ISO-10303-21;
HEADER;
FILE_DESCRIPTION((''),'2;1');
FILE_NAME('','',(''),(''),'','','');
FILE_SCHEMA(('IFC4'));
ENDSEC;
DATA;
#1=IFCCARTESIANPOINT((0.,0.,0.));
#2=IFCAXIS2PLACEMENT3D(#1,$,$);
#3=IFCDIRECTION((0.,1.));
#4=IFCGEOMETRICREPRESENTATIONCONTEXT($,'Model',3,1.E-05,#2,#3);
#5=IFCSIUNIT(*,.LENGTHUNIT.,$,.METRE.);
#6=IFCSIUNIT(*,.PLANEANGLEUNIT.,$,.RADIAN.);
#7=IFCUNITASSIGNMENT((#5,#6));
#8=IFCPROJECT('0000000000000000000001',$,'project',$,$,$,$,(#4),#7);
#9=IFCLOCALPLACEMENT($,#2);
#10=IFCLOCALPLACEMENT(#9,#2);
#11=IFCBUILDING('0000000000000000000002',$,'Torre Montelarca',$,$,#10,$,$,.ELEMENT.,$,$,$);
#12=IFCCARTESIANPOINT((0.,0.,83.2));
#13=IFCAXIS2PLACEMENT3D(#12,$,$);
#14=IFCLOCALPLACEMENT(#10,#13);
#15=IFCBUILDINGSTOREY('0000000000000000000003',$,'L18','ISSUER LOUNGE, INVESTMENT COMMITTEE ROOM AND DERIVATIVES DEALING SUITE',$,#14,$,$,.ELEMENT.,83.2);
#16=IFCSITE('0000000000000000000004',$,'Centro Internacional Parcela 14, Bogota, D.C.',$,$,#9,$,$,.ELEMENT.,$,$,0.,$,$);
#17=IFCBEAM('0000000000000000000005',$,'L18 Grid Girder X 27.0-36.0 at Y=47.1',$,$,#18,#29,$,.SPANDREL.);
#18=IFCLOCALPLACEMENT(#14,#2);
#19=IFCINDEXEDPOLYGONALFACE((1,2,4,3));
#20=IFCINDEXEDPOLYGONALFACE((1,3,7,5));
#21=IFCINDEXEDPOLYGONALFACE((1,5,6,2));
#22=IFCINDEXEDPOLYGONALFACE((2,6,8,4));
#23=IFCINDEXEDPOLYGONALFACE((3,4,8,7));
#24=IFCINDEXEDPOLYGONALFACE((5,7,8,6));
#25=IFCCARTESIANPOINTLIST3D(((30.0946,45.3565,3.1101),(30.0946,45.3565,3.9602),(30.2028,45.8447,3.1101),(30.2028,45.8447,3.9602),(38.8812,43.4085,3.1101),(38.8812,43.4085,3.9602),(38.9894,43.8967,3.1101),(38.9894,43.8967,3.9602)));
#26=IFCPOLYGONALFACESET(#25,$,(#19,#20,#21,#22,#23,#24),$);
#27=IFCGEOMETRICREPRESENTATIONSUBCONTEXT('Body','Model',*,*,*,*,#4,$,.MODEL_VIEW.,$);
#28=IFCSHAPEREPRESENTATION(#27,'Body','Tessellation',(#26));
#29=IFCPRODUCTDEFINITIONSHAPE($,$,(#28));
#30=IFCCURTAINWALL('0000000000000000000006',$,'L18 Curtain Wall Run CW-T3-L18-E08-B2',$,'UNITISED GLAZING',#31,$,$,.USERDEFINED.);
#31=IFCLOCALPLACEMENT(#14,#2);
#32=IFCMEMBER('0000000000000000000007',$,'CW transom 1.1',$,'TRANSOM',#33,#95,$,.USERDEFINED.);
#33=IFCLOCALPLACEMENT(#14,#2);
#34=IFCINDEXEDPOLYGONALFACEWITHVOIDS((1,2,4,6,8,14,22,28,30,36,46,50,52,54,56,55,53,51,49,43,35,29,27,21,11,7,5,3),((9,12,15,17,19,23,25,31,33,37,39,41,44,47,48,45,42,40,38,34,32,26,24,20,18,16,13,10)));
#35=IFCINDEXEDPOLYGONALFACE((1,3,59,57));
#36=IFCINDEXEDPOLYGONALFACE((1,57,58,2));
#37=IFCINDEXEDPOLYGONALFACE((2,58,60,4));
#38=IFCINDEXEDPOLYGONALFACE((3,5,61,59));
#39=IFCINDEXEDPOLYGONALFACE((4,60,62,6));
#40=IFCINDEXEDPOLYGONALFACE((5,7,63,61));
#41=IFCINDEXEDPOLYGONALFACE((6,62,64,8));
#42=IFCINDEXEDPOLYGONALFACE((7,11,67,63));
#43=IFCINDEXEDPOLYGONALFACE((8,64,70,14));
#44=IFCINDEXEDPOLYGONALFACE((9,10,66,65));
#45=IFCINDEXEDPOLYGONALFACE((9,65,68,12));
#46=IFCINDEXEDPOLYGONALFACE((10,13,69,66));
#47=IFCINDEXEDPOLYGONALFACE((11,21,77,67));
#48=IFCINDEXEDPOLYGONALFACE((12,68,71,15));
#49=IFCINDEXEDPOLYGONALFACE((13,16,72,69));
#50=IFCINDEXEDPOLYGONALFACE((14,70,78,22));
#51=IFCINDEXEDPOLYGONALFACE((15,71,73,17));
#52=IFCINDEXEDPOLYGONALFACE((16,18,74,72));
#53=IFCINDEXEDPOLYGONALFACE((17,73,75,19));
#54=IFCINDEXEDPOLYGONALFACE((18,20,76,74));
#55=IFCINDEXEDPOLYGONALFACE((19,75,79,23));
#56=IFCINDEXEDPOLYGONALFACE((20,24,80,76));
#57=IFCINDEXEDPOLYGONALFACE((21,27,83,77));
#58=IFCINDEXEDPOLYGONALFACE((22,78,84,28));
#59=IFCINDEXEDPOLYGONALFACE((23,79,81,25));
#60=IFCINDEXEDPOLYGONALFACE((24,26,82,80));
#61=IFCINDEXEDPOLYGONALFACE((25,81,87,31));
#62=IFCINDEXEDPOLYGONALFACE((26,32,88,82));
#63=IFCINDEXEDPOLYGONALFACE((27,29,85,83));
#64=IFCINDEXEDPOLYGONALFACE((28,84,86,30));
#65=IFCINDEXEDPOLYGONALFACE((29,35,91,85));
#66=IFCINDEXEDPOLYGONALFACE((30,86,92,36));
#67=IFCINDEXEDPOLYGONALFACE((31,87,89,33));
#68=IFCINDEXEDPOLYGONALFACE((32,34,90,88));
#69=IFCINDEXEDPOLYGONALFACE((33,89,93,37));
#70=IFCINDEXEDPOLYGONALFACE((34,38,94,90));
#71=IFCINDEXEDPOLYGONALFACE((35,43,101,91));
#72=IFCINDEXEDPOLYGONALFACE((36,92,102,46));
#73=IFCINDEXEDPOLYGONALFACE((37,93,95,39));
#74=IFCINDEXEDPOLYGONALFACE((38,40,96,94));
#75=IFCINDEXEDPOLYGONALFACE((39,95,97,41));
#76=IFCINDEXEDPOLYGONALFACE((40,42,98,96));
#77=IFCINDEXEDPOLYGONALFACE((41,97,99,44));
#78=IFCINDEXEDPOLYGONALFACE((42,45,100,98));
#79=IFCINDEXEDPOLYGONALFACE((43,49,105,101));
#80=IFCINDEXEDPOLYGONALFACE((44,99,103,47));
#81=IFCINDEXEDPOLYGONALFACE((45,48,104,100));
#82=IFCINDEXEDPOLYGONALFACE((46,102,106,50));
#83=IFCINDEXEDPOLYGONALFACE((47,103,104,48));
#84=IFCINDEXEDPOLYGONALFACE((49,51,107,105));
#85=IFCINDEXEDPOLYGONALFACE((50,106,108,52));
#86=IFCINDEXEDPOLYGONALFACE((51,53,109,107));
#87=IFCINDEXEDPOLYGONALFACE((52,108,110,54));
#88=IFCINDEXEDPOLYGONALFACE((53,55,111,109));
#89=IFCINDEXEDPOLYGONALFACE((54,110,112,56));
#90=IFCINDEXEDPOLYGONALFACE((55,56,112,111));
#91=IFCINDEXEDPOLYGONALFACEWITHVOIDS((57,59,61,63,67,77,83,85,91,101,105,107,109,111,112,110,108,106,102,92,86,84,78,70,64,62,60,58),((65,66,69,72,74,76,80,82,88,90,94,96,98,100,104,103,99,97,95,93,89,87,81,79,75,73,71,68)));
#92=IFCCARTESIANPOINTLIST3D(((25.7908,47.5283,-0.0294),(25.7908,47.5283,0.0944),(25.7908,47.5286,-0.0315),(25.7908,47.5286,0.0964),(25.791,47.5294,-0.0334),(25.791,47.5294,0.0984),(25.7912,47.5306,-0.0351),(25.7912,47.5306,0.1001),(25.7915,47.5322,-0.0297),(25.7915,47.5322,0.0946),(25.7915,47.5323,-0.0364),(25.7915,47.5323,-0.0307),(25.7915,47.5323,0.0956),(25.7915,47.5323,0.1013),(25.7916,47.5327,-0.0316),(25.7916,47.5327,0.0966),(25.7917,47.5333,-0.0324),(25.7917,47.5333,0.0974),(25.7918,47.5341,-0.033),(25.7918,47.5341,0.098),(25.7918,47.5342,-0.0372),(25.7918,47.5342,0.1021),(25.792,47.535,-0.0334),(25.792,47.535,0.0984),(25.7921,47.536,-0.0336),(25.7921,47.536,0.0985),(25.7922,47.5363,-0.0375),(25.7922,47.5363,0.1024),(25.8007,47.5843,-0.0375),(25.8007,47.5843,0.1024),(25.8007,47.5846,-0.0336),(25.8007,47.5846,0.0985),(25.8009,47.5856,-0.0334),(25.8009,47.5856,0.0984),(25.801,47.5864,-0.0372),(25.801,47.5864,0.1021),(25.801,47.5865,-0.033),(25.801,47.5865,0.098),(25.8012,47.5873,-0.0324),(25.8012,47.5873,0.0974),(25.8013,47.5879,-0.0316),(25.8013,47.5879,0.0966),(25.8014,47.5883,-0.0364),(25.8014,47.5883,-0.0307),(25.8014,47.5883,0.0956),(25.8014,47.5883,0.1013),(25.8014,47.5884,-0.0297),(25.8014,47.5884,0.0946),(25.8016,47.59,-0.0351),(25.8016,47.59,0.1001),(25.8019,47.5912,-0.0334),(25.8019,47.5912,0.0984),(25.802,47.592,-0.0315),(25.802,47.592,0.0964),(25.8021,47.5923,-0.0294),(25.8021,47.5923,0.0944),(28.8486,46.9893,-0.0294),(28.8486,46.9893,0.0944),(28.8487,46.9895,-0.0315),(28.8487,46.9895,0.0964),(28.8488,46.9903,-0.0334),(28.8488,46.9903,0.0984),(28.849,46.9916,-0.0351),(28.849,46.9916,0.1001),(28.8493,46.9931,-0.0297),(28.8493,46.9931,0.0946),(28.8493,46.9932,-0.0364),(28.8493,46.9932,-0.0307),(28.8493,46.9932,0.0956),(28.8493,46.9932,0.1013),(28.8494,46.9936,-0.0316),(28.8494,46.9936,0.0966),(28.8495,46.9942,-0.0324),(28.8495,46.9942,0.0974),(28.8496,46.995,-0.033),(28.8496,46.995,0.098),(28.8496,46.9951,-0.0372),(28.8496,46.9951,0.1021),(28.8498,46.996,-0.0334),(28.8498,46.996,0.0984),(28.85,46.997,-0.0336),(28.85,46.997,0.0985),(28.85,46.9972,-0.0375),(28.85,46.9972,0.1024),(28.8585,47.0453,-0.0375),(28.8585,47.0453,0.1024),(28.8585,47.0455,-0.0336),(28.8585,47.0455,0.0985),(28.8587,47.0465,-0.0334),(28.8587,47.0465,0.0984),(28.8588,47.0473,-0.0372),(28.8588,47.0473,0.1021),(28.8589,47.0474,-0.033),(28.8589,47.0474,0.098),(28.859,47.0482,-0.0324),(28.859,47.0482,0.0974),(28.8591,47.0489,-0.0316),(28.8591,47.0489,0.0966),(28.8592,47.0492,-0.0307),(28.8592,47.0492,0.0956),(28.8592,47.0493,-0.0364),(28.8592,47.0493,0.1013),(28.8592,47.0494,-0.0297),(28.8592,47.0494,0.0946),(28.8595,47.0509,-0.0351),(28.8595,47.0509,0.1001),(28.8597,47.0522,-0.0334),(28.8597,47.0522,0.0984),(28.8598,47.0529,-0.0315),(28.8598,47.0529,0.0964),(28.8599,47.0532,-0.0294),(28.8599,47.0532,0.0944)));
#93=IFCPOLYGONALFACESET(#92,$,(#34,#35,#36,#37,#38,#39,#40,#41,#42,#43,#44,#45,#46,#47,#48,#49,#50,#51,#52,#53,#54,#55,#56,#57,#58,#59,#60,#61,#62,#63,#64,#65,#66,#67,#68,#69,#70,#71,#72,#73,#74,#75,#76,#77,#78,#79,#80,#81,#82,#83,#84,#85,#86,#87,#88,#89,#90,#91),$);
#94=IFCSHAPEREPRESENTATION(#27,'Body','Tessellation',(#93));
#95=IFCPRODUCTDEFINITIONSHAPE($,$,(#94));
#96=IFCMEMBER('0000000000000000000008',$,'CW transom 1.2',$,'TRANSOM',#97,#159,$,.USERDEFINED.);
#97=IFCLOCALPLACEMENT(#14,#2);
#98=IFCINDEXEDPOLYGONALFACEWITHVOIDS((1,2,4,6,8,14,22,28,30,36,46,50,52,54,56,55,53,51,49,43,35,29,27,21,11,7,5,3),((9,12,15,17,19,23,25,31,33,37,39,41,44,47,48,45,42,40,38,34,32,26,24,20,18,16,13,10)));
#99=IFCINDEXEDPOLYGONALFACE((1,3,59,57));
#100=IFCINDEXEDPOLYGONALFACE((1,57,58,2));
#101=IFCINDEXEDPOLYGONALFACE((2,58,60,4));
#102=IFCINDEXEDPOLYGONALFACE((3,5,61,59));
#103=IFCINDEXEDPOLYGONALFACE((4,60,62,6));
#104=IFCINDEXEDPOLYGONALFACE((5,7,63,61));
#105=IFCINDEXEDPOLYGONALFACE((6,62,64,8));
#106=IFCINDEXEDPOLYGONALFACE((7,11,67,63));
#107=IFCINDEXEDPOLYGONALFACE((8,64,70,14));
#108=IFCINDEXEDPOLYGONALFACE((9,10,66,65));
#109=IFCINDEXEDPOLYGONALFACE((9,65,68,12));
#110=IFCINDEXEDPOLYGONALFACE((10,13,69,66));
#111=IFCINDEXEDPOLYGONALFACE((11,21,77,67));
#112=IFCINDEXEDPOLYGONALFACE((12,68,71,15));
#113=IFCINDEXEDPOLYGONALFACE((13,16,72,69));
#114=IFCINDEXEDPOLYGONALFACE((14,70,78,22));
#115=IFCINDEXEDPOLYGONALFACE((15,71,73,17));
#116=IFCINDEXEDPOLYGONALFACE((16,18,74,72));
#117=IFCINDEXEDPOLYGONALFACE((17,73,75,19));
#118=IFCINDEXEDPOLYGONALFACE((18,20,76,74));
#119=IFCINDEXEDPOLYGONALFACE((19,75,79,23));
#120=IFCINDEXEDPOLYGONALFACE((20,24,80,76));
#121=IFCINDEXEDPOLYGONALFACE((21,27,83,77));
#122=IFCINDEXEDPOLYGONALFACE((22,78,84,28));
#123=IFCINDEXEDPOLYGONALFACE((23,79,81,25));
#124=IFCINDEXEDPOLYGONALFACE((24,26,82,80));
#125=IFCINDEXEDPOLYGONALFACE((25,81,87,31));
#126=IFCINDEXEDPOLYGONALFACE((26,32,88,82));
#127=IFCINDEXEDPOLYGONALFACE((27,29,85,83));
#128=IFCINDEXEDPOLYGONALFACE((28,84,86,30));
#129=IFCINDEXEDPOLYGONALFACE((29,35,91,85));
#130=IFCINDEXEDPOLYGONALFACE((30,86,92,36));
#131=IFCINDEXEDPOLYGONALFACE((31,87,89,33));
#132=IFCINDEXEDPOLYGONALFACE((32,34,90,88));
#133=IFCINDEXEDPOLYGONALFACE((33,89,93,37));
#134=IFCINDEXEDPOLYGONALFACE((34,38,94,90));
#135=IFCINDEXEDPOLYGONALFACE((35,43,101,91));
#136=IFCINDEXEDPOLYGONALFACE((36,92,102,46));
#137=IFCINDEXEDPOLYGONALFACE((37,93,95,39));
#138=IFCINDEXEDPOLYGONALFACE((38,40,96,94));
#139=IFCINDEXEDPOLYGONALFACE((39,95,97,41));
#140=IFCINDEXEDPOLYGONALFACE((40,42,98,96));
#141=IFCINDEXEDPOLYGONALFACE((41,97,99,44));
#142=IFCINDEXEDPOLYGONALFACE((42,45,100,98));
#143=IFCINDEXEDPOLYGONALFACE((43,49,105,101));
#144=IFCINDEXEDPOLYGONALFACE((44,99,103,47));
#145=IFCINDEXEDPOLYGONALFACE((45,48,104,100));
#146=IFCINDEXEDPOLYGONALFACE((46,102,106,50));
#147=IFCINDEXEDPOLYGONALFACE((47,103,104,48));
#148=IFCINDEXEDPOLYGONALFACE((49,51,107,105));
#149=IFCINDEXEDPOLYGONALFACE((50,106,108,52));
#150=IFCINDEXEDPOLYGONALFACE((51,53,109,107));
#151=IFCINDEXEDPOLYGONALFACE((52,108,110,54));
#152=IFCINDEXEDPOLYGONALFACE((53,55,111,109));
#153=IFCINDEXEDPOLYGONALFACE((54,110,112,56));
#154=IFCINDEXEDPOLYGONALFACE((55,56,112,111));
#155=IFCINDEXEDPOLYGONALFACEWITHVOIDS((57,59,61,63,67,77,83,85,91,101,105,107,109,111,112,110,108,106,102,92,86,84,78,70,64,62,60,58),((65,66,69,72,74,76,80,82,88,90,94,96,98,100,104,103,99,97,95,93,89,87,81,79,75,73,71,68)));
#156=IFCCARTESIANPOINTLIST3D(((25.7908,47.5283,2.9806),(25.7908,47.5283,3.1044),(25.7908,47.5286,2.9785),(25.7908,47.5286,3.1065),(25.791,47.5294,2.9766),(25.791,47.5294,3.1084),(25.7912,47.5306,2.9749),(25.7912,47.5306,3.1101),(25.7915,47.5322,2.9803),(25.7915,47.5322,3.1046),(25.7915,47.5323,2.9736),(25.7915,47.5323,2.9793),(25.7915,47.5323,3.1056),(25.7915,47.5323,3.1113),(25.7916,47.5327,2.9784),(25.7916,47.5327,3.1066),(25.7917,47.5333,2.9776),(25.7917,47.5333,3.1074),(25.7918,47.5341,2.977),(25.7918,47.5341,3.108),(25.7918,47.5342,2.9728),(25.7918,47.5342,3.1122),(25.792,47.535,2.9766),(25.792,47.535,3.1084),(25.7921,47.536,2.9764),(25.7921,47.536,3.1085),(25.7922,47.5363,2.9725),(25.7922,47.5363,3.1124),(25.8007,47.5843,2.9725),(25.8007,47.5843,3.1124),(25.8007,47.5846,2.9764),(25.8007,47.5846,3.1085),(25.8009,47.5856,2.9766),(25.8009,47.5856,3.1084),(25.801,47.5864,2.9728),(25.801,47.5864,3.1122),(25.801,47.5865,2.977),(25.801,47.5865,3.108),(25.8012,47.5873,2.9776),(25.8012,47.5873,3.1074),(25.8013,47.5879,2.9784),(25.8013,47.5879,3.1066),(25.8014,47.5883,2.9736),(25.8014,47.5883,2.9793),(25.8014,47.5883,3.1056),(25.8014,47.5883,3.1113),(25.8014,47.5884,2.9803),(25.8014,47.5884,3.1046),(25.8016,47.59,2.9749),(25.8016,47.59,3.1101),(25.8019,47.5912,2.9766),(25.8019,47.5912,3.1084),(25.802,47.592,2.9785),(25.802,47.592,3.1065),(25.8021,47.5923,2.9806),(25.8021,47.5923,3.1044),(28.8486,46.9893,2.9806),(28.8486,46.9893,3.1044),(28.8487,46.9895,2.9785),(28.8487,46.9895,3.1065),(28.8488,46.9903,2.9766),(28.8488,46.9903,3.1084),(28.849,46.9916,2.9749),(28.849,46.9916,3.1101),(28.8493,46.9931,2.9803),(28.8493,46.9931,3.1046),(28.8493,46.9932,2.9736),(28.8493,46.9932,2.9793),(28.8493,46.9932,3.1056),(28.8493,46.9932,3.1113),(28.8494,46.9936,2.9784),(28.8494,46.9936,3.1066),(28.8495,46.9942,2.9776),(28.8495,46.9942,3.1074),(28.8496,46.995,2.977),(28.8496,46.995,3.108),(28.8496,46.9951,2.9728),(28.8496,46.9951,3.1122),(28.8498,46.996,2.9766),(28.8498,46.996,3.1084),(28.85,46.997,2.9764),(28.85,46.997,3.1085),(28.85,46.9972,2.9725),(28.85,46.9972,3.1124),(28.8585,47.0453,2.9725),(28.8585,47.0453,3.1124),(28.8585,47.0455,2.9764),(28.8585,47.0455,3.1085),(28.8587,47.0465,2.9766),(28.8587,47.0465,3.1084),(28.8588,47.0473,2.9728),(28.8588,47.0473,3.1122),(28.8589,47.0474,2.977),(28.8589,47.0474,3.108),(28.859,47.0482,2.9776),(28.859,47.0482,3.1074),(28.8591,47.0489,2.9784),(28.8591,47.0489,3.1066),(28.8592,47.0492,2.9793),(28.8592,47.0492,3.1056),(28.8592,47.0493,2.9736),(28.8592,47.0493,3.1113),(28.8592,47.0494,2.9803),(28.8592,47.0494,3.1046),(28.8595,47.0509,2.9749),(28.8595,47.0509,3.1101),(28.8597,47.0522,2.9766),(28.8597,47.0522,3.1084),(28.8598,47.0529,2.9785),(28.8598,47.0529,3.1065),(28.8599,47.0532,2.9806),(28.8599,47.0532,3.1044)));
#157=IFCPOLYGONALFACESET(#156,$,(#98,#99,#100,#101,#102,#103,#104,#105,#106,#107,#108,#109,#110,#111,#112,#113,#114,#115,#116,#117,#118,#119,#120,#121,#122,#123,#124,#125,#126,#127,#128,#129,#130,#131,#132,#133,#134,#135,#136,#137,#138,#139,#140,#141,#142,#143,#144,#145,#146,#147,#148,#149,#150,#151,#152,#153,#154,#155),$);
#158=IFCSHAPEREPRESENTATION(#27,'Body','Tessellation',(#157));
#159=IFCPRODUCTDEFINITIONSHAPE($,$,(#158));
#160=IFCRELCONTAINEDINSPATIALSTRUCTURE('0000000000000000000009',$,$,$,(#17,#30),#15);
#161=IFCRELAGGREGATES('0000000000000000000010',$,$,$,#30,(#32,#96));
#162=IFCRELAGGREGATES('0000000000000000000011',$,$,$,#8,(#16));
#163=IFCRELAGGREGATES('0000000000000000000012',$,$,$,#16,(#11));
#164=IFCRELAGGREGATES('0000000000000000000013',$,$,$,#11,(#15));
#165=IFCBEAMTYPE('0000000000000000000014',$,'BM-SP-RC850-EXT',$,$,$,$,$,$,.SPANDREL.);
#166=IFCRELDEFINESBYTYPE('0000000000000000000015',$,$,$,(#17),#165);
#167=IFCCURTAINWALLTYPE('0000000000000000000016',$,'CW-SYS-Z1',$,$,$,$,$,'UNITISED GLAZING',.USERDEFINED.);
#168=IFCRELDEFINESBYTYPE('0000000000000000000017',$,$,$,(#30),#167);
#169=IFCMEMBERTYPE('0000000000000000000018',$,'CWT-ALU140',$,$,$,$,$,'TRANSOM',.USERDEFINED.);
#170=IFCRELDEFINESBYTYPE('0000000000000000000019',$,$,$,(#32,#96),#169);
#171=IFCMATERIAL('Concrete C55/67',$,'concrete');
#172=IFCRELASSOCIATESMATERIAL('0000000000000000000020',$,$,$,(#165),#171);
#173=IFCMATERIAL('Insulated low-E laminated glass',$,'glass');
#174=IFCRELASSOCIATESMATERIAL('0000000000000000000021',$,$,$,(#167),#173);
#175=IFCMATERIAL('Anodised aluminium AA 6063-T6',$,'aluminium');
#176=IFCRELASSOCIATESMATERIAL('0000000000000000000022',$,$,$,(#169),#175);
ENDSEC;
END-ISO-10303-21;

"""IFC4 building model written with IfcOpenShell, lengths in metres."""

from ifc_helpers import new_model, si_unit, direction, frame, origin, origin_2d, place, context, subcontext, project, spatial, rectangle, hollow_rectangle, extrude, source, transform, mapped, material, material_profile, profile_set, type_object, element, aggregate, save


model = new_model("IFC4")

# Units and contexts
model_context = context("Model", 3, precision=1e-05, world=origin(), true_north=direction((0.0, 1.0)))
body_context = subcontext(model_context, "Body", "Model", "MODEL_VIEW")
ifc_project = project(units=[si_unit("LENGTHUNIT", "METRE"), si_unit("PLANEANGLEUNIT", "RADIAN")], contexts=[model_context])

# Site, building, storey
site_placement = place(None, origin())
site = spatial("IfcSite", under=ifc_project, at=site_placement, Name="Centro Internacional Parcela 14, Bogota, D.C.", CompositionType="ELEMENT", RefElevation=0.0)
building_placement = place(site_placement, origin())
building = spatial("IfcBuilding", under=site, at=building_placement, Name="Torre Montelarca", CompositionType="ELEMENT")
storey_placement = place(building_placement, frame((0.0, 0.0, 83.2)))
storey = spatial("IfcBuildingStorey", under=building, at=storey_placement, Name="L18", Description="ISSUER LOUNGE, INVESTMENT COMMITTEE ROOM AND DERIVATIVES DEALING SUITE", CompositionType="ELEMENT", Elevation=83.2)

# Beam
ifc_material_1 = material(Name="Concrete C55/67", Category="concrete")
ifc_material_profile_1 = material_profile(ifc_material_1, rectangle(XDim=0.5, YDim=0.8501, at=origin_2d()), Name="RCB500X850", Category="concrete")
ifc_profile_set_1 = profile_set([ifc_material_profile_1], Name="Concrete C55/67")
beam_type = type_object("IfcBeamType", Name="BM-SP-RC850-EXT", PredefinedType="SPANDREL", material=ifc_profile_set_1)
shared_shape_1 = source(origin(), body_context, "Body", "SweptSolid", [
    extrude(rectangle(XDim=0.5, YDim=0.8501, at=origin_2d()), origin(), (0.0, 0.0, 1.0), 9.0),
])
beam_placement = place(storey_placement, frame((30.1487, 45.6006, 3.5352), z_axis=(0.976295, -0.216445, 0.0), x_axis=(0.216445, 0.976295, 0.0)))
element("IfcBeam", 1, at=beam_placement, inside=storey, type_object=beam_type, Name="L18 Grid Girder X 27.0-36.0 at Y=47.1", PredefinedType="SPANDREL", context=body_context, shape_type="MappedRepresentation", body=[
    mapped(shared_shape_1, transform((0.0, 0.0, 0.0), scale=1.0)),
])

# Curtain wall, members
ifc_material_2 = material(Name="Insulated low-E laminated glass", Category="glass")
curtain_wall_type = type_object("IfcCurtainWallType", Name="CW-SYS-Z1", ElementType="UNITISED GLAZING", PredefinedType="USERDEFINED", material=ifc_material_2)
curtain_wall_1_placement = place(storey_placement, origin())
curtain_wall_1 = element("IfcCurtainWall", 2, at=curtain_wall_1_placement, inside=storey, type_object=curtain_wall_type, Name="L18 Curtain Wall Run CW-T3-L18-E08-B2", ObjectType="UNITISED GLAZING", PredefinedType="USERDEFINED")
ifc_material_3 = material(Name="Anodised aluminium AA 6063-T6", Category="aluminium")
ifc_material_profile_2 = material_profile(ifc_material_3, hollow_rectangle(XDim=0.0649, YDim=0.1399, WallThickness=0.0039, InnerFilletRadius=0.0039, OuterFilletRadius=0.0081, at=origin_2d()), Name="ALU65X140X4", Category="aluminium")
ifc_profile_set_2 = profile_set([ifc_material_profile_2], Name="Anodised aluminium AA 6063-T6")
member_type_1 = type_object("IfcMemberType", Name="CWT-ALU140", ElementType="TRANSOM", PredefinedType="USERDEFINED", material=ifc_profile_set_2)
shared_shape_2 = source(origin(), body_context, "Body", "SweptSolid", [
    extrude(hollow_rectangle(XDim=0.0649, YDim=0.1399, WallThickness=0.0039, InnerFilletRadius=0.0039, OuterFilletRadius=0.0081, at=origin_2d()), origin(), (0.0, 0.0, 1.0), 3.105),
])
member_1_placement = place(storey_placement, frame((28.8542, 47.0212, 0.0325), z_axis=(-0.984814, 0.17361, 0.0), x_axis=(-0.17361, -0.984814, 0.0)))
member_1 = element("IfcMember", 3, at=member_1_placement, type_object=member_type_1, Name="CW transom 1.1", ObjectType="TRANSOM", PredefinedType="USERDEFINED", context=body_context, shape_type="MappedRepresentation", body=[
    mapped(shared_shape_2, transform((0.0, 0.0, 0.0), scale=1.0)),
])
member_2_placement = place(storey_placement, frame((28.8542, 47.0212, 3.0425), z_axis=(-0.984814, 0.17361, 0.0), x_axis=(-0.17361, -0.984814, 0.0)))
member_2 = element("IfcMember", 4, at=member_2_placement, type_object=member_type_1, Name="CW transom 1.2", ObjectType="TRANSOM", PredefinedType="USERDEFINED", context=body_context, shape_type="MappedRepresentation", body=[
    mapped(shared_shape_2, transform((0.0, 0.0, 0.0), scale=1.0)),
])

aggregate(curtain_wall_1, [member_1, member_2])

save(model, "model.ifc")
